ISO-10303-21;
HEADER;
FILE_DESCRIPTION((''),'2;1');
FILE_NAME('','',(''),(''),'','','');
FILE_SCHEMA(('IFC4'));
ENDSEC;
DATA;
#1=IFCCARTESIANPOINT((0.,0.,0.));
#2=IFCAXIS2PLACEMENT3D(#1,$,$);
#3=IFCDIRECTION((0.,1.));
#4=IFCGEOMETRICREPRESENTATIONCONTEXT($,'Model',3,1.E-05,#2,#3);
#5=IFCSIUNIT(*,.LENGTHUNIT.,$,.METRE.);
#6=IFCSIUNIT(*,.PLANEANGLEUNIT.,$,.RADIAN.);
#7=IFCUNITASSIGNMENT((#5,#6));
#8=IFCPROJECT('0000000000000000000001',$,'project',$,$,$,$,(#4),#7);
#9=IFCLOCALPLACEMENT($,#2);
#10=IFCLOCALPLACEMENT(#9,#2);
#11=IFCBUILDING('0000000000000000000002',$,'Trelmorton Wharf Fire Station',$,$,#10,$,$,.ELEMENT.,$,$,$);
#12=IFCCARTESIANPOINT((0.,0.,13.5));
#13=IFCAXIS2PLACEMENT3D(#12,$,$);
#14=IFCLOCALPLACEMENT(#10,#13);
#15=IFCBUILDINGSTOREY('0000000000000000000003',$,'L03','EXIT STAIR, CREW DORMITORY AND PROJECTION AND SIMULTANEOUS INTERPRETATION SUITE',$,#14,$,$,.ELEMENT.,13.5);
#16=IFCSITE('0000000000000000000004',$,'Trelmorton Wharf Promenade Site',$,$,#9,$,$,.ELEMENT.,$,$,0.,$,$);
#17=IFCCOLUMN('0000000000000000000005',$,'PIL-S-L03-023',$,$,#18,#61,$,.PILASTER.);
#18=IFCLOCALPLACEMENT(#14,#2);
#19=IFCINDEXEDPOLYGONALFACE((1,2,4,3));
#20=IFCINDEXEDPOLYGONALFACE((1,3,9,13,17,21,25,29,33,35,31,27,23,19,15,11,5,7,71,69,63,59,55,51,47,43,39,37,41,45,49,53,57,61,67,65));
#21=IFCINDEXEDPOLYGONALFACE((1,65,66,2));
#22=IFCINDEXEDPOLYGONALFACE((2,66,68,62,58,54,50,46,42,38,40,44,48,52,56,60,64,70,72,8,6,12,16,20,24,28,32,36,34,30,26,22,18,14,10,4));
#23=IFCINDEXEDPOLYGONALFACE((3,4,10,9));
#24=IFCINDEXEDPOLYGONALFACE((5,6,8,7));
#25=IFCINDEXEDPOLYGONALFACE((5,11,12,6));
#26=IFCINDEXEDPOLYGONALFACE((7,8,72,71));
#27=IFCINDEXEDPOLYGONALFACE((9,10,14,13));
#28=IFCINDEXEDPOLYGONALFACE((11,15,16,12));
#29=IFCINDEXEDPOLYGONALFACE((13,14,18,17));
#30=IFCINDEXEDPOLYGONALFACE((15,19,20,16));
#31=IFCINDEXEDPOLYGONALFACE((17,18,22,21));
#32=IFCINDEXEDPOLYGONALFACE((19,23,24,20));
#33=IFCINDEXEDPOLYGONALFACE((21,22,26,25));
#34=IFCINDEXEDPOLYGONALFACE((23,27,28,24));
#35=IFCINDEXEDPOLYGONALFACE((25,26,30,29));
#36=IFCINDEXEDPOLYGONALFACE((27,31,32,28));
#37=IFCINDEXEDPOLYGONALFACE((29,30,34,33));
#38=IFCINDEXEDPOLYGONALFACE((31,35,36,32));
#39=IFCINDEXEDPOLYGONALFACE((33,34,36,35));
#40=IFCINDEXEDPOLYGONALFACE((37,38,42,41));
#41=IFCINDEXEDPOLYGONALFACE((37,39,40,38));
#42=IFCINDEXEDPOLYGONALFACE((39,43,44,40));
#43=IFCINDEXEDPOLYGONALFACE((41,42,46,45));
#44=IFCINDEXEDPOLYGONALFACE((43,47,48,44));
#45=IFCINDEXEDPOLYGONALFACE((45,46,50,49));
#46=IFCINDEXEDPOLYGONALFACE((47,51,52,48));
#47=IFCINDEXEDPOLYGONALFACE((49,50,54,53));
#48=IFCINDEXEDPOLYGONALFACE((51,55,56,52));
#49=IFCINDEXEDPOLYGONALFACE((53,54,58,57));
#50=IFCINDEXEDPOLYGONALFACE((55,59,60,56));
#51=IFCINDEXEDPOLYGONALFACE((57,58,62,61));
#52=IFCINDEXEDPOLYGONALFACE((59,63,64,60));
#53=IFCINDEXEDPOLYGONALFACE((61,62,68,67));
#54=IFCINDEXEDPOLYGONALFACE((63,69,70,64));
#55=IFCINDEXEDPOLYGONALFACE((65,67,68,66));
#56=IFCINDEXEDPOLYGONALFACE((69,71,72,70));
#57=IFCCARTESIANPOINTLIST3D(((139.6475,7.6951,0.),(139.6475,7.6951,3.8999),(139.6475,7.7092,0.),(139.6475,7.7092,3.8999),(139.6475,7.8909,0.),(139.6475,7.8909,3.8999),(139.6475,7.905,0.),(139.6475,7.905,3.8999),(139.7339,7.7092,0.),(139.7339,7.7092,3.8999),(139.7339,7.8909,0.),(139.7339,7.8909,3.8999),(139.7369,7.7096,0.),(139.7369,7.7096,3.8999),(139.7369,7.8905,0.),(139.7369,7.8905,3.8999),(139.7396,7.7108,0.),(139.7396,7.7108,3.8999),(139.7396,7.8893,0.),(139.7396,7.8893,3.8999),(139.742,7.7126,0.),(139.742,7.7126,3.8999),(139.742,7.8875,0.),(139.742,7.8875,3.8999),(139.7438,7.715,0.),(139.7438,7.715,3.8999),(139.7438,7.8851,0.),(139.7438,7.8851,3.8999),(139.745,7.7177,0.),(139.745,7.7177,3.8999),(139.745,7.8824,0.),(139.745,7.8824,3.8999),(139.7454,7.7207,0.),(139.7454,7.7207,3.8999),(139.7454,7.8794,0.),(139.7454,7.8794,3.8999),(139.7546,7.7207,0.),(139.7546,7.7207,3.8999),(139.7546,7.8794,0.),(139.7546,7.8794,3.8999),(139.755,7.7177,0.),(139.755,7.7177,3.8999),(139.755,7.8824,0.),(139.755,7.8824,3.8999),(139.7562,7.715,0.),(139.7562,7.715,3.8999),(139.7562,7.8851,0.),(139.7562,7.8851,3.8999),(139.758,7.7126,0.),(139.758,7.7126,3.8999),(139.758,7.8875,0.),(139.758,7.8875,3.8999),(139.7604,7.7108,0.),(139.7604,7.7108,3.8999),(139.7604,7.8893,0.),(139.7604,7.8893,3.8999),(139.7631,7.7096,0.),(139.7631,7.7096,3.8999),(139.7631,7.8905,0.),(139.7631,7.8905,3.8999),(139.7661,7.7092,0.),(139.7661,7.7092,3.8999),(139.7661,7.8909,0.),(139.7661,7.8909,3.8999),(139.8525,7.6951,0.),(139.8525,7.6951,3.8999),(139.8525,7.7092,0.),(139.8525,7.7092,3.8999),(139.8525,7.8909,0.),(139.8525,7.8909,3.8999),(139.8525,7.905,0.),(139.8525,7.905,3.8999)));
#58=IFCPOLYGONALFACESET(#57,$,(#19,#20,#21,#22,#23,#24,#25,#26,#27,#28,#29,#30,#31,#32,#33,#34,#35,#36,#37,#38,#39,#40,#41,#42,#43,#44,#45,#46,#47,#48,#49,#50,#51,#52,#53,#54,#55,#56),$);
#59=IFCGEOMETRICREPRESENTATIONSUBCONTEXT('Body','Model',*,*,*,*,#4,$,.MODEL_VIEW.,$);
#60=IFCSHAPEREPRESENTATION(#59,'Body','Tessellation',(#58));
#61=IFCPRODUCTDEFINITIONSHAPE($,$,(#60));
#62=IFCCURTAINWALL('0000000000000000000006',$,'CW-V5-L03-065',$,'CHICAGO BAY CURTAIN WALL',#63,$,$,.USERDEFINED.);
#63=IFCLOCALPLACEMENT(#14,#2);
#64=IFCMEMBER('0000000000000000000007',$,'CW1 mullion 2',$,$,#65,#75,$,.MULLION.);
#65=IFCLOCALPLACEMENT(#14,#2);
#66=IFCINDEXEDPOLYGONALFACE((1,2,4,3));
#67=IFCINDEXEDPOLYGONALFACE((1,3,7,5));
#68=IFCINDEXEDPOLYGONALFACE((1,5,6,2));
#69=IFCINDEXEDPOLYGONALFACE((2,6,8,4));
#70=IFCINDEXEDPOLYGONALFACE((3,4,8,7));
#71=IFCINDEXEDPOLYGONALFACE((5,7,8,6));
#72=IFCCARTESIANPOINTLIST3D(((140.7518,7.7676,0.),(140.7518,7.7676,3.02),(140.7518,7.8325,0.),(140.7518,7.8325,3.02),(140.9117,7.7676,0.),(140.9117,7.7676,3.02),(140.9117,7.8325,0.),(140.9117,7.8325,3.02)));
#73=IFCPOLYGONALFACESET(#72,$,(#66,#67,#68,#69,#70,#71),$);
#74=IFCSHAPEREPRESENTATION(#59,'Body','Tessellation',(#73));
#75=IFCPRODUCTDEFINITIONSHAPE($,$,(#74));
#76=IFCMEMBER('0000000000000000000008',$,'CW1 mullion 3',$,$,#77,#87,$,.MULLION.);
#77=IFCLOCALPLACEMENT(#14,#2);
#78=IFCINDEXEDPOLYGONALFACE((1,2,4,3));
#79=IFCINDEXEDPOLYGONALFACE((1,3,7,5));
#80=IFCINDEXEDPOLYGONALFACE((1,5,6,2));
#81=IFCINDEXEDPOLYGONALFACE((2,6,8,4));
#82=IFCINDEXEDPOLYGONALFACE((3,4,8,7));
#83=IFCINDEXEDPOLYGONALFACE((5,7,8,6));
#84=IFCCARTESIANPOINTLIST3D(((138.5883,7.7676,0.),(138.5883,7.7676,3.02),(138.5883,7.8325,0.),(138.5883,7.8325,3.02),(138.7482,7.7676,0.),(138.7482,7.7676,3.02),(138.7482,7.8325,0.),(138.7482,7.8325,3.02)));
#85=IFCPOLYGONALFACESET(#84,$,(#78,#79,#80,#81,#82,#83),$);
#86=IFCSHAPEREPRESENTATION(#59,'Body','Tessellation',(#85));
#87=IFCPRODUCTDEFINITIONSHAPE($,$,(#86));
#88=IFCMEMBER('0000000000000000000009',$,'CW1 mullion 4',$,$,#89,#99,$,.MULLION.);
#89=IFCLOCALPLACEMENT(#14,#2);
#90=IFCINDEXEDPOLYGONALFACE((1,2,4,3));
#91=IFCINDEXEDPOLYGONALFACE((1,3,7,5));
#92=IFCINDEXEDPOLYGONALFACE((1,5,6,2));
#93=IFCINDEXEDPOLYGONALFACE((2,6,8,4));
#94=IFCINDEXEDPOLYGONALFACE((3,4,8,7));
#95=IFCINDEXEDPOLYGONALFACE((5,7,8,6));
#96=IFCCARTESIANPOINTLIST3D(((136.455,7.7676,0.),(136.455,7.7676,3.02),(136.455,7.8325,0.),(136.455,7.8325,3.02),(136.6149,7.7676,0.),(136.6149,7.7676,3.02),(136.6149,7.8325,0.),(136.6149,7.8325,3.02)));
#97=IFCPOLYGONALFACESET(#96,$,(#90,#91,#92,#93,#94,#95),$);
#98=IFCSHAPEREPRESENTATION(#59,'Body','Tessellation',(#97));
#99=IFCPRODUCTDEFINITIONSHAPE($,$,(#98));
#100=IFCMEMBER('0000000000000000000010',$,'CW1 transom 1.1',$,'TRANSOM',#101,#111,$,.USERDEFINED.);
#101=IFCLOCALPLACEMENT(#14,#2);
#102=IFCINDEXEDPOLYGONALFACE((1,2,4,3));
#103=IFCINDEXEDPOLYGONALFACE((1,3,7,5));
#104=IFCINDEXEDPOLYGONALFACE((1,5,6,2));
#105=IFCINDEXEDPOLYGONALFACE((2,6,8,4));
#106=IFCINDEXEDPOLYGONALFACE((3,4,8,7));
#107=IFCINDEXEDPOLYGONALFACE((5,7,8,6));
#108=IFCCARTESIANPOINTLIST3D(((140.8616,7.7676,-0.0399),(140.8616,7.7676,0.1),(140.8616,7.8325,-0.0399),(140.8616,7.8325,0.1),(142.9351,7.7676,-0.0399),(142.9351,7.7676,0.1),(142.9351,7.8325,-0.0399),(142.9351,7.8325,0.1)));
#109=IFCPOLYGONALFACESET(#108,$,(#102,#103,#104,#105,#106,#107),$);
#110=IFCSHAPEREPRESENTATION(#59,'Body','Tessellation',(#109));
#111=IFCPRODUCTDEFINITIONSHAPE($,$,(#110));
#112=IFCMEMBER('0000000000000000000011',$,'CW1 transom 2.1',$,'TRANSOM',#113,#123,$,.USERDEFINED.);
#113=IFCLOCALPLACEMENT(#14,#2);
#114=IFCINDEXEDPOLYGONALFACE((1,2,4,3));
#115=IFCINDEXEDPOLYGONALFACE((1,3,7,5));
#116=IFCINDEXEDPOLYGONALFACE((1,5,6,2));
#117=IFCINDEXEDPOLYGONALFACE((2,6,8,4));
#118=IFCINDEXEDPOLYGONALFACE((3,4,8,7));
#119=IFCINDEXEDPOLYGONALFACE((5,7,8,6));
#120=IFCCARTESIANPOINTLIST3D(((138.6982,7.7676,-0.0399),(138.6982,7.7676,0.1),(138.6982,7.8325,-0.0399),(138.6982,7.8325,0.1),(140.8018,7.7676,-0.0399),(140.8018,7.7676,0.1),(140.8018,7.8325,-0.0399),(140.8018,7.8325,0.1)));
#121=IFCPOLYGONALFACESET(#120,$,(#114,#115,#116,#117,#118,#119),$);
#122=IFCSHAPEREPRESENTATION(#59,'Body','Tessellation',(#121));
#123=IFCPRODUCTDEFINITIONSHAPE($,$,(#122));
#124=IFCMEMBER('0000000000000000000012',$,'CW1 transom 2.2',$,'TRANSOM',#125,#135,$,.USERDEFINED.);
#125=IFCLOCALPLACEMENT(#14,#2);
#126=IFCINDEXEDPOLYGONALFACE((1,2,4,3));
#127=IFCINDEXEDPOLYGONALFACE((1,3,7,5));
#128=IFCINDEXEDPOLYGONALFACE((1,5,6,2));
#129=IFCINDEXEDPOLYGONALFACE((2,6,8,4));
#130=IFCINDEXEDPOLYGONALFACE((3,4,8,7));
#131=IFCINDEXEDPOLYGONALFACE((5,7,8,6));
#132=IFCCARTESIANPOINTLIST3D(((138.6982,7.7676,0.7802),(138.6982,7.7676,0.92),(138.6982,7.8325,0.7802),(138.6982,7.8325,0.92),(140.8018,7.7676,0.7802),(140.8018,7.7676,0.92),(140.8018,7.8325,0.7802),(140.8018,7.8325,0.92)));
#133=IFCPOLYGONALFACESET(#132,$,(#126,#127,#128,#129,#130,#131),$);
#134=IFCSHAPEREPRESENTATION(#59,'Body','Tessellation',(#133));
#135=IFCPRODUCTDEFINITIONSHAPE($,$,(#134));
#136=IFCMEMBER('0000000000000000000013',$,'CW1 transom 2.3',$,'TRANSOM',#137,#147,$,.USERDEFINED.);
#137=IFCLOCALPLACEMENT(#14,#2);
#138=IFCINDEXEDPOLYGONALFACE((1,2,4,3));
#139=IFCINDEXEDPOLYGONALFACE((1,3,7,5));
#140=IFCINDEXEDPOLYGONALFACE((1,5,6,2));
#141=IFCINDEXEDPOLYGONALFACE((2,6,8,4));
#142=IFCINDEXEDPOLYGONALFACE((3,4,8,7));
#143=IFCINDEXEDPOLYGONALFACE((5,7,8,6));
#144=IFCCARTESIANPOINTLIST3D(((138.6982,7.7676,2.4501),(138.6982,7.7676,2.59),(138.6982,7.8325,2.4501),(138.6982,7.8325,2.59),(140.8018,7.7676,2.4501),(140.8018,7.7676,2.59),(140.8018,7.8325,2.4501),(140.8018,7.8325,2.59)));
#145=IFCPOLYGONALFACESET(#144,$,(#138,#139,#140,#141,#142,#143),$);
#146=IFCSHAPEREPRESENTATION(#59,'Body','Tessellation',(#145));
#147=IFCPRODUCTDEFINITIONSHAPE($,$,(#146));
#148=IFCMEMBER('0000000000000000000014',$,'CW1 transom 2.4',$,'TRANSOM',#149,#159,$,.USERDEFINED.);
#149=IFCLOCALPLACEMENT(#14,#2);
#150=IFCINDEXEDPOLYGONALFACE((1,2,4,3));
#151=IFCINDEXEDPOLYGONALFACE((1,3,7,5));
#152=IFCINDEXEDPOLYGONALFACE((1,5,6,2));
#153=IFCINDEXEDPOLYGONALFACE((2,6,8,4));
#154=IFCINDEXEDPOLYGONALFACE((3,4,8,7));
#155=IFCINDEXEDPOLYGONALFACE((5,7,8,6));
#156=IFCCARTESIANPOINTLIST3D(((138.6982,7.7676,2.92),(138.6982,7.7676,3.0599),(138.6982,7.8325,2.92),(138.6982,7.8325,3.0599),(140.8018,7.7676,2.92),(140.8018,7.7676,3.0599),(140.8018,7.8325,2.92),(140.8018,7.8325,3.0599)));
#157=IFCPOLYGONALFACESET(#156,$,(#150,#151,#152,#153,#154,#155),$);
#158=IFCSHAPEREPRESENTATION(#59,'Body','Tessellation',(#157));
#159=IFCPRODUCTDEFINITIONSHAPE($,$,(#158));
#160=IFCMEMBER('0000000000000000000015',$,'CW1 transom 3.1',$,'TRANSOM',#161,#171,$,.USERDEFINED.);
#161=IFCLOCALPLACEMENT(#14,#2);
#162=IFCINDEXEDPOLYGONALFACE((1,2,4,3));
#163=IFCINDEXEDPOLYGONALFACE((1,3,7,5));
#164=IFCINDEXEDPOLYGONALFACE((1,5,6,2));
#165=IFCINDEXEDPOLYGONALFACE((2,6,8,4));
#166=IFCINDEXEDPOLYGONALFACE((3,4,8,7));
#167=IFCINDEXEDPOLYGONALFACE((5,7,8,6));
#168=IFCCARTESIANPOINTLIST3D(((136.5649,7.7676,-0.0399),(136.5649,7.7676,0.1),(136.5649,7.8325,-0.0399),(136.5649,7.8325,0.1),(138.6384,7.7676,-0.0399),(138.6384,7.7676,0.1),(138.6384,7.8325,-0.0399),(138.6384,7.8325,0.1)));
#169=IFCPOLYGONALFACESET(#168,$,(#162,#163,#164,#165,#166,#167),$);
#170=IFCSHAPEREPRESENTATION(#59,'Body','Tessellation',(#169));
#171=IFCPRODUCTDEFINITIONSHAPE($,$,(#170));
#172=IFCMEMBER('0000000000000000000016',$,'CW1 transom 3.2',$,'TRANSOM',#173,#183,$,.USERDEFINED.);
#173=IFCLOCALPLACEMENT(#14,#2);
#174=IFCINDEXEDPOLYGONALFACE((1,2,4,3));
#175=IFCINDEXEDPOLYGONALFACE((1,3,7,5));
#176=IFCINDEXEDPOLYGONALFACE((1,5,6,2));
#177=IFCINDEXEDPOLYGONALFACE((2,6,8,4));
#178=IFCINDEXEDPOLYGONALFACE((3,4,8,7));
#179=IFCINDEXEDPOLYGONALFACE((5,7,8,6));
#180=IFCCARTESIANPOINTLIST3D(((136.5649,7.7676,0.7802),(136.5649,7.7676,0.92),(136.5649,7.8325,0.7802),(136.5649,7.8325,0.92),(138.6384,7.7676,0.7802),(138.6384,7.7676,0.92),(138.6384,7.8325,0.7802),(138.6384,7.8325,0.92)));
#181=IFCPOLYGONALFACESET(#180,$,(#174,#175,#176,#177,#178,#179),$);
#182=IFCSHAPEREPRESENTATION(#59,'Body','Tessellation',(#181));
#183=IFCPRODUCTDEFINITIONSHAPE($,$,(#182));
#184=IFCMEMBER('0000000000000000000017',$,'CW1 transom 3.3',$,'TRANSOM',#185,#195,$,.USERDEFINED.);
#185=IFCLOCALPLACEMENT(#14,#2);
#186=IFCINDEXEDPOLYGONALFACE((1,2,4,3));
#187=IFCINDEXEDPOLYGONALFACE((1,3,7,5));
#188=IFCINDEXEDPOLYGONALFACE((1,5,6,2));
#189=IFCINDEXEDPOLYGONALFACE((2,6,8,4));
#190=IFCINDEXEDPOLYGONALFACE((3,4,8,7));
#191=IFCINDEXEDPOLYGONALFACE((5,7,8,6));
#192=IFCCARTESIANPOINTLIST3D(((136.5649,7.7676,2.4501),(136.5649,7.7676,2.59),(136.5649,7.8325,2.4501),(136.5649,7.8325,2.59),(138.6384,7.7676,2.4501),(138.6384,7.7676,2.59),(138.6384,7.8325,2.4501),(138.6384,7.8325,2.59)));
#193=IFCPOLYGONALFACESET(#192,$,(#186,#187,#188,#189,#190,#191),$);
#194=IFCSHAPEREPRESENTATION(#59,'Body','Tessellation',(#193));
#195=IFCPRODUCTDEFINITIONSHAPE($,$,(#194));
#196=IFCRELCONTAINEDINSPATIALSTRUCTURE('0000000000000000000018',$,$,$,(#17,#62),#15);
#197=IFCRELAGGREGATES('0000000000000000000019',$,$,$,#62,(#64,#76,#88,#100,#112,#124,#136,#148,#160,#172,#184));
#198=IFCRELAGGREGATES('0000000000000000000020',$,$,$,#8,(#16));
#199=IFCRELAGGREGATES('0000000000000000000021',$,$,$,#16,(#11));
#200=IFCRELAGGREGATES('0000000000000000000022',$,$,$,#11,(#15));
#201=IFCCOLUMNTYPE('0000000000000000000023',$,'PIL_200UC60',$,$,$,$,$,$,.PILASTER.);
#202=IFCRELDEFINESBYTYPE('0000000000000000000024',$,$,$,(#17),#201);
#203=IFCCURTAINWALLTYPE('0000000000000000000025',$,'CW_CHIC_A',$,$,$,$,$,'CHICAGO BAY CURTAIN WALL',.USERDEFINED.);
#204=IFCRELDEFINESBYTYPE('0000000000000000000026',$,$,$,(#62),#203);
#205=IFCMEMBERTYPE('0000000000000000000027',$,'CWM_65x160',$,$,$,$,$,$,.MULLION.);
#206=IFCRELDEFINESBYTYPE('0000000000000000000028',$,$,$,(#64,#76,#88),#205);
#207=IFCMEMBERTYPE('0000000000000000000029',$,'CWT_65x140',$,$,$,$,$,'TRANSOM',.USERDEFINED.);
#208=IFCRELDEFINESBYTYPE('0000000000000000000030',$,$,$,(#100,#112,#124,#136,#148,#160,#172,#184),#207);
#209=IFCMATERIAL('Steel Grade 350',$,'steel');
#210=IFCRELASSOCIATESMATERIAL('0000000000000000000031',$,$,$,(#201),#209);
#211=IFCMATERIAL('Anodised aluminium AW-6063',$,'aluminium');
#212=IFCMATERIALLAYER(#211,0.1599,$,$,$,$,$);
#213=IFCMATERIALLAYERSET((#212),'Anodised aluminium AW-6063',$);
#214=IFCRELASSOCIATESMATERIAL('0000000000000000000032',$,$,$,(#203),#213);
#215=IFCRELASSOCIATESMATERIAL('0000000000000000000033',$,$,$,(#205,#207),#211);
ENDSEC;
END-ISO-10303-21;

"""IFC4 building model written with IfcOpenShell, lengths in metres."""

from ifc_helpers import new_model, si_unit, direction, frame, origin, origin_2d, place, context, subcontext, project, spatial, rectangle, i_section, extrude, material, layer, layer_set, material_profile, profile_set, type_object, element, aggregate, save


model = new_model("IFC4")

# Units and contexts
model_context = context("Model", 3, precision=1e-05, world=origin(), true_north=direction((0.0, 1.0)))
body_context = subcontext(model_context, "Body", "Model", "MODEL_VIEW")
ifc_project = project(units=[si_unit("LENGTHUNIT", "METRE"), si_unit("PLANEANGLEUNIT", "RADIAN")], contexts=[model_context])

# Site, building, storey
site_placement = place(None, origin())
site = spatial("IfcSite", under=ifc_project, at=site_placement, Name="Trelmorton Wharf Promenade Site", CompositionType="ELEMENT", RefElevation=0.0)
building_placement = place(site_placement, origin())
building = spatial("IfcBuilding", under=site, at=building_placement, Name="Trelmorton Wharf Fire Station", CompositionType="ELEMENT")
storey_placement = place(building_placement, frame((0.0, 0.0, 13.5)))
storey = spatial("IfcBuildingStorey", under=building, at=storey_placement, Name="L03", Description="EXIT STAIR, CREW DORMITORY AND PROJECTION AND SIMULTANEOUS INTERPRETATION SUITE", CompositionType="ELEMENT", Elevation=13.5)

# Column
ifc_material_1 = material(Name="Steel Grade 350", Category="steel")
ifc_material_profile_1 = material_profile(ifc_material_1, i_section(OverallWidth=0.2051, OverallDepth=0.21, WebThickness=0.0093, FlangeThickness=0.0142, FilletRadius=0.0115, at=origin_2d()), Name="200UC59.5")
ifc_profile_set_1 = profile_set([ifc_material_profile_1], Name="Steel Grade 350")
column_type = type_object("IfcColumnType", Name="PIL_200UC60", PredefinedType="PILASTER", material=ifc_profile_set_1)
column_placement = place(storey_placement, frame((139.75, 7.8, 0.0), z_axis=(0.0, 0.0, 1.0), x_axis=(1.0, 0.0, 0.0)))
element("IfcColumn", 1, at=column_placement, inside=storey, type_object=column_type, Name="PIL-S-L03-023", PredefinedType="PILASTER", context=body_context, shape_type="SweptSolid", body=[
    extrude(i_section(OverallWidth=0.2051, OverallDepth=0.21, WebThickness=0.0093, FlangeThickness=0.0142, FilletRadius=0.0115, at=origin_2d()), origin(), (0.0, 0.0, 1.0), 3.8999),
])

# Curtain wall, members
ifc_material_2 = material(Name="Anodised aluminium AW-6063", Category="aluminium")
ifc_layer_1 = layer(ifc_material_2, 0.1599)
ifc_layer_set_1 = layer_set([ifc_layer_1], Name="Anodised aluminium AW-6063")
curtain_wall_type = type_object("IfcCurtainWallType", Name="CW_CHIC_A", ElementType="CHICAGO BAY CURTAIN WALL", PredefinedType="USERDEFINED", material=ifc_layer_set_1)
curtain_wall_placement = place(storey_placement, origin())
curtain_wall = element("IfcCurtainWall", 2, at=curtain_wall_placement, inside=storey, type_object=curtain_wall_type, Name="CW-V5-L03-065", ObjectType="CHICAGO BAY CURTAIN WALL", PredefinedType="USERDEFINED")
ifc_material_profile_2 = material_profile(ifc_material_2, rectangle(XDim=0.0649, YDim=0.1599, at=origin_2d()), Name="ALU-65x160")
ifc_profile_set_2 = profile_set([ifc_material_profile_2], Name="Anodised aluminium AW-6063")
member_type_1 = type_object("IfcMemberType", Name="CWM_65x160", PredefinedType="MULLION", material=ifc_profile_set_2)
member_1_placement = place(storey_placement, frame((140.8318, 7.8, 0.0), z_axis=(0.0, 0.0, 1.0), x_axis=(0.0, -1.0, 0.0)))
member_1 = element("IfcMember", 3, at=member_1_placement, type_object=member_type_1, Name="CW1 mullion 2", PredefinedType="MULLION", context=body_context, shape_type="SweptSolid", body=[
    extrude(rectangle(XDim=0.0649, YDim=0.1599, at=origin_2d()), origin(), (0.0, 0.0, 1.0), 3.02),
])
member_2_placement = place(storey_placement, frame((138.6682, 7.8, 0.0), z_axis=(0.0, 0.0, 1.0), x_axis=(0.0, -1.0, 0.0)))
member_2 = element("IfcMember", 4, at=member_2_placement, type_object=member_type_1, Name="CW1 mullion 3", PredefinedType="MULLION", context=body_context, shape_type="SweptSolid", body=[
    extrude(rectangle(XDim=0.0649, YDim=0.1599, at=origin_2d()), origin(), (0.0, 0.0, 1.0), 3.02),
])
member_3_placement = place(storey_placement, frame((136.5349, 7.8, 0.0), z_axis=(0.0, 0.0, 1.0), x_axis=(0.0, -1.0, 0.0)))
member_3 = element("IfcMember", 5, at=member_3_placement, type_object=member_type_1, Name="CW1 mullion 4", PredefinedType="MULLION", context=body_context, shape_type="SweptSolid", body=[
    extrude(rectangle(XDim=0.0649, YDim=0.1599, at=origin_2d()), origin(), (0.0, 0.0, 1.0), 3.02),
])
ifc_material_profile_3 = material_profile(ifc_material_2, rectangle(XDim=0.0649, YDim=0.1399, at=origin_2d()), Name="ALU-65x140")
ifc_profile_set_3 = profile_set([ifc_material_profile_3], Name="Anodised aluminium AW-6063")
member_type_2 = type_object("IfcMemberType", Name="CWT_65x140", ElementType="TRANSOM", PredefinedType="USERDEFINED", material=ifc_profile_set_3)
member_4_placement = place(storey_placement, frame((142.9351, 7.8, 0.03), z_axis=(-1.0, 0.0, 0.0), x_axis=(0.0, -1.0, 0.0)))
member_4 = element("IfcMember", 6, at=member_4_placement, type_object=member_type_2, Name="CW1 transom 1.1", ObjectType="TRANSOM", PredefinedType="USERDEFINED", context=body_context, shape_type="SweptSolid", body=[
    extrude(rectangle(XDim=0.0649, YDim=0.1399, at=origin_2d()), origin(), (0.0, 0.0, 1.0), 2.0735),
])
member_5_placement = place(storey_placement, frame((140.8018, 7.8, 0.03), z_axis=(-1.0, 0.0, 0.0), x_axis=(0.0, -1.0, 0.0)))
member_5 = element("IfcMember", 7, at=member_5_placement, type_object=member_type_2, Name="CW1 transom 2.1", ObjectType="TRANSOM", PredefinedType="USERDEFINED", context=body_context, shape_type="SweptSolid", body=[
    extrude(rectangle(XDim=0.0649, YDim=0.1399, at=origin_2d()), origin(), (0.0, 0.0, 1.0), 2.1035),
])
member_6_placement = place(storey_placement, frame((140.8018, 7.8, 0.8501), z_axis=(-1.0, 0.0, 0.0), x_axis=(0.0, -1.0, 0.0)))
member_6 = element("IfcMember", 8, at=member_6_placement, type_object=member_type_2, Name="CW1 transom 2.2", ObjectType="TRANSOM", PredefinedType="USERDEFINED", context=body_context, shape_type="SweptSolid", body=[
    extrude(rectangle(XDim=0.0649, YDim=0.1399, at=origin_2d()), origin(), (0.0, 0.0, 1.0), 2.1035),
])
member_7_placement = place(storey_placement, frame((140.8018, 7.8, 2.52), z_axis=(-1.0, 0.0, 0.0), x_axis=(0.0, -1.0, 0.0)))
member_7 = element("IfcMember", 9, at=member_7_placement, type_object=member_type_2, Name="CW1 transom 2.3", ObjectType="TRANSOM", PredefinedType="USERDEFINED", context=body_context, shape_type="SweptSolid", body=[
    extrude(rectangle(XDim=0.0649, YDim=0.1399, at=origin_2d()), origin(), (0.0, 0.0, 1.0), 2.1035),
])
member_8_placement = place(storey_placement, frame((140.8018, 7.8, 2.99), z_axis=(-1.0, 0.0, 0.0), x_axis=(0.0, -1.0, 0.0)))
member_8 = element("IfcMember", 10, at=member_8_placement, type_object=member_type_2, Name="CW1 transom 2.4", ObjectType="TRANSOM", PredefinedType="USERDEFINED", context=body_context, shape_type="SweptSolid", body=[
    extrude(rectangle(XDim=0.0649, YDim=0.1399, at=origin_2d()), origin(), (0.0, 0.0, 1.0), 2.1035),
])
member_9_placement = place(storey_placement, frame((138.6384, 7.8, 0.03), z_axis=(-1.0, 0.0, 0.0), x_axis=(0.0, -1.0, 0.0)))
member_9 = element("IfcMember", 11, at=member_9_placement, type_object=member_type_2, Name="CW1 transom 3.1", ObjectType="TRANSOM", PredefinedType="USERDEFINED", context=body_context, shape_type="SweptSolid", body=[
    extrude(rectangle(XDim=0.0649, YDim=0.1399, at=origin_2d()), origin(), (0.0, 0.0, 1.0), 2.0735),
])
member_10_placement = place(storey_placement, frame((138.6384, 7.8, 0.8501), z_axis=(-1.0, 0.0, 0.0), x_axis=(0.0, -1.0, 0.0)))
member_10 = element("IfcMember", 12, at=member_10_placement, type_object=member_type_2, Name="CW1 transom 3.2", ObjectType="TRANSOM", PredefinedType="USERDEFINED", context=body_context, shape_type="SweptSolid", body=[
    extrude(rectangle(XDim=0.0649, YDim=0.1399, at=origin_2d()), origin(), (0.0, 0.0, 1.0), 2.0735),
])
member_11_placement = place(storey_placement, frame((138.6384, 7.8, 2.52), z_axis=(-1.0, 0.0, 0.0), x_axis=(0.0, -1.0, 0.0)))
member_11 = element("IfcMember", 13, at=member_11_placement, type_object=member_type_2, Name="CW1 transom 3.3", ObjectType="TRANSOM", PredefinedType="USERDEFINED", context=body_context, shape_type="SweptSolid", body=[
    extrude(rectangle(XDim=0.0649, YDim=0.1399, at=origin_2d()), origin(), (0.0, 0.0, 1.0), 2.0735),
])
aggregate(curtain_wall, [member_1, member_2, member_3, member_4, member_5, member_6, member_7, member_8, member_9, member_10, member_11])

save(model, "model.ifc")
